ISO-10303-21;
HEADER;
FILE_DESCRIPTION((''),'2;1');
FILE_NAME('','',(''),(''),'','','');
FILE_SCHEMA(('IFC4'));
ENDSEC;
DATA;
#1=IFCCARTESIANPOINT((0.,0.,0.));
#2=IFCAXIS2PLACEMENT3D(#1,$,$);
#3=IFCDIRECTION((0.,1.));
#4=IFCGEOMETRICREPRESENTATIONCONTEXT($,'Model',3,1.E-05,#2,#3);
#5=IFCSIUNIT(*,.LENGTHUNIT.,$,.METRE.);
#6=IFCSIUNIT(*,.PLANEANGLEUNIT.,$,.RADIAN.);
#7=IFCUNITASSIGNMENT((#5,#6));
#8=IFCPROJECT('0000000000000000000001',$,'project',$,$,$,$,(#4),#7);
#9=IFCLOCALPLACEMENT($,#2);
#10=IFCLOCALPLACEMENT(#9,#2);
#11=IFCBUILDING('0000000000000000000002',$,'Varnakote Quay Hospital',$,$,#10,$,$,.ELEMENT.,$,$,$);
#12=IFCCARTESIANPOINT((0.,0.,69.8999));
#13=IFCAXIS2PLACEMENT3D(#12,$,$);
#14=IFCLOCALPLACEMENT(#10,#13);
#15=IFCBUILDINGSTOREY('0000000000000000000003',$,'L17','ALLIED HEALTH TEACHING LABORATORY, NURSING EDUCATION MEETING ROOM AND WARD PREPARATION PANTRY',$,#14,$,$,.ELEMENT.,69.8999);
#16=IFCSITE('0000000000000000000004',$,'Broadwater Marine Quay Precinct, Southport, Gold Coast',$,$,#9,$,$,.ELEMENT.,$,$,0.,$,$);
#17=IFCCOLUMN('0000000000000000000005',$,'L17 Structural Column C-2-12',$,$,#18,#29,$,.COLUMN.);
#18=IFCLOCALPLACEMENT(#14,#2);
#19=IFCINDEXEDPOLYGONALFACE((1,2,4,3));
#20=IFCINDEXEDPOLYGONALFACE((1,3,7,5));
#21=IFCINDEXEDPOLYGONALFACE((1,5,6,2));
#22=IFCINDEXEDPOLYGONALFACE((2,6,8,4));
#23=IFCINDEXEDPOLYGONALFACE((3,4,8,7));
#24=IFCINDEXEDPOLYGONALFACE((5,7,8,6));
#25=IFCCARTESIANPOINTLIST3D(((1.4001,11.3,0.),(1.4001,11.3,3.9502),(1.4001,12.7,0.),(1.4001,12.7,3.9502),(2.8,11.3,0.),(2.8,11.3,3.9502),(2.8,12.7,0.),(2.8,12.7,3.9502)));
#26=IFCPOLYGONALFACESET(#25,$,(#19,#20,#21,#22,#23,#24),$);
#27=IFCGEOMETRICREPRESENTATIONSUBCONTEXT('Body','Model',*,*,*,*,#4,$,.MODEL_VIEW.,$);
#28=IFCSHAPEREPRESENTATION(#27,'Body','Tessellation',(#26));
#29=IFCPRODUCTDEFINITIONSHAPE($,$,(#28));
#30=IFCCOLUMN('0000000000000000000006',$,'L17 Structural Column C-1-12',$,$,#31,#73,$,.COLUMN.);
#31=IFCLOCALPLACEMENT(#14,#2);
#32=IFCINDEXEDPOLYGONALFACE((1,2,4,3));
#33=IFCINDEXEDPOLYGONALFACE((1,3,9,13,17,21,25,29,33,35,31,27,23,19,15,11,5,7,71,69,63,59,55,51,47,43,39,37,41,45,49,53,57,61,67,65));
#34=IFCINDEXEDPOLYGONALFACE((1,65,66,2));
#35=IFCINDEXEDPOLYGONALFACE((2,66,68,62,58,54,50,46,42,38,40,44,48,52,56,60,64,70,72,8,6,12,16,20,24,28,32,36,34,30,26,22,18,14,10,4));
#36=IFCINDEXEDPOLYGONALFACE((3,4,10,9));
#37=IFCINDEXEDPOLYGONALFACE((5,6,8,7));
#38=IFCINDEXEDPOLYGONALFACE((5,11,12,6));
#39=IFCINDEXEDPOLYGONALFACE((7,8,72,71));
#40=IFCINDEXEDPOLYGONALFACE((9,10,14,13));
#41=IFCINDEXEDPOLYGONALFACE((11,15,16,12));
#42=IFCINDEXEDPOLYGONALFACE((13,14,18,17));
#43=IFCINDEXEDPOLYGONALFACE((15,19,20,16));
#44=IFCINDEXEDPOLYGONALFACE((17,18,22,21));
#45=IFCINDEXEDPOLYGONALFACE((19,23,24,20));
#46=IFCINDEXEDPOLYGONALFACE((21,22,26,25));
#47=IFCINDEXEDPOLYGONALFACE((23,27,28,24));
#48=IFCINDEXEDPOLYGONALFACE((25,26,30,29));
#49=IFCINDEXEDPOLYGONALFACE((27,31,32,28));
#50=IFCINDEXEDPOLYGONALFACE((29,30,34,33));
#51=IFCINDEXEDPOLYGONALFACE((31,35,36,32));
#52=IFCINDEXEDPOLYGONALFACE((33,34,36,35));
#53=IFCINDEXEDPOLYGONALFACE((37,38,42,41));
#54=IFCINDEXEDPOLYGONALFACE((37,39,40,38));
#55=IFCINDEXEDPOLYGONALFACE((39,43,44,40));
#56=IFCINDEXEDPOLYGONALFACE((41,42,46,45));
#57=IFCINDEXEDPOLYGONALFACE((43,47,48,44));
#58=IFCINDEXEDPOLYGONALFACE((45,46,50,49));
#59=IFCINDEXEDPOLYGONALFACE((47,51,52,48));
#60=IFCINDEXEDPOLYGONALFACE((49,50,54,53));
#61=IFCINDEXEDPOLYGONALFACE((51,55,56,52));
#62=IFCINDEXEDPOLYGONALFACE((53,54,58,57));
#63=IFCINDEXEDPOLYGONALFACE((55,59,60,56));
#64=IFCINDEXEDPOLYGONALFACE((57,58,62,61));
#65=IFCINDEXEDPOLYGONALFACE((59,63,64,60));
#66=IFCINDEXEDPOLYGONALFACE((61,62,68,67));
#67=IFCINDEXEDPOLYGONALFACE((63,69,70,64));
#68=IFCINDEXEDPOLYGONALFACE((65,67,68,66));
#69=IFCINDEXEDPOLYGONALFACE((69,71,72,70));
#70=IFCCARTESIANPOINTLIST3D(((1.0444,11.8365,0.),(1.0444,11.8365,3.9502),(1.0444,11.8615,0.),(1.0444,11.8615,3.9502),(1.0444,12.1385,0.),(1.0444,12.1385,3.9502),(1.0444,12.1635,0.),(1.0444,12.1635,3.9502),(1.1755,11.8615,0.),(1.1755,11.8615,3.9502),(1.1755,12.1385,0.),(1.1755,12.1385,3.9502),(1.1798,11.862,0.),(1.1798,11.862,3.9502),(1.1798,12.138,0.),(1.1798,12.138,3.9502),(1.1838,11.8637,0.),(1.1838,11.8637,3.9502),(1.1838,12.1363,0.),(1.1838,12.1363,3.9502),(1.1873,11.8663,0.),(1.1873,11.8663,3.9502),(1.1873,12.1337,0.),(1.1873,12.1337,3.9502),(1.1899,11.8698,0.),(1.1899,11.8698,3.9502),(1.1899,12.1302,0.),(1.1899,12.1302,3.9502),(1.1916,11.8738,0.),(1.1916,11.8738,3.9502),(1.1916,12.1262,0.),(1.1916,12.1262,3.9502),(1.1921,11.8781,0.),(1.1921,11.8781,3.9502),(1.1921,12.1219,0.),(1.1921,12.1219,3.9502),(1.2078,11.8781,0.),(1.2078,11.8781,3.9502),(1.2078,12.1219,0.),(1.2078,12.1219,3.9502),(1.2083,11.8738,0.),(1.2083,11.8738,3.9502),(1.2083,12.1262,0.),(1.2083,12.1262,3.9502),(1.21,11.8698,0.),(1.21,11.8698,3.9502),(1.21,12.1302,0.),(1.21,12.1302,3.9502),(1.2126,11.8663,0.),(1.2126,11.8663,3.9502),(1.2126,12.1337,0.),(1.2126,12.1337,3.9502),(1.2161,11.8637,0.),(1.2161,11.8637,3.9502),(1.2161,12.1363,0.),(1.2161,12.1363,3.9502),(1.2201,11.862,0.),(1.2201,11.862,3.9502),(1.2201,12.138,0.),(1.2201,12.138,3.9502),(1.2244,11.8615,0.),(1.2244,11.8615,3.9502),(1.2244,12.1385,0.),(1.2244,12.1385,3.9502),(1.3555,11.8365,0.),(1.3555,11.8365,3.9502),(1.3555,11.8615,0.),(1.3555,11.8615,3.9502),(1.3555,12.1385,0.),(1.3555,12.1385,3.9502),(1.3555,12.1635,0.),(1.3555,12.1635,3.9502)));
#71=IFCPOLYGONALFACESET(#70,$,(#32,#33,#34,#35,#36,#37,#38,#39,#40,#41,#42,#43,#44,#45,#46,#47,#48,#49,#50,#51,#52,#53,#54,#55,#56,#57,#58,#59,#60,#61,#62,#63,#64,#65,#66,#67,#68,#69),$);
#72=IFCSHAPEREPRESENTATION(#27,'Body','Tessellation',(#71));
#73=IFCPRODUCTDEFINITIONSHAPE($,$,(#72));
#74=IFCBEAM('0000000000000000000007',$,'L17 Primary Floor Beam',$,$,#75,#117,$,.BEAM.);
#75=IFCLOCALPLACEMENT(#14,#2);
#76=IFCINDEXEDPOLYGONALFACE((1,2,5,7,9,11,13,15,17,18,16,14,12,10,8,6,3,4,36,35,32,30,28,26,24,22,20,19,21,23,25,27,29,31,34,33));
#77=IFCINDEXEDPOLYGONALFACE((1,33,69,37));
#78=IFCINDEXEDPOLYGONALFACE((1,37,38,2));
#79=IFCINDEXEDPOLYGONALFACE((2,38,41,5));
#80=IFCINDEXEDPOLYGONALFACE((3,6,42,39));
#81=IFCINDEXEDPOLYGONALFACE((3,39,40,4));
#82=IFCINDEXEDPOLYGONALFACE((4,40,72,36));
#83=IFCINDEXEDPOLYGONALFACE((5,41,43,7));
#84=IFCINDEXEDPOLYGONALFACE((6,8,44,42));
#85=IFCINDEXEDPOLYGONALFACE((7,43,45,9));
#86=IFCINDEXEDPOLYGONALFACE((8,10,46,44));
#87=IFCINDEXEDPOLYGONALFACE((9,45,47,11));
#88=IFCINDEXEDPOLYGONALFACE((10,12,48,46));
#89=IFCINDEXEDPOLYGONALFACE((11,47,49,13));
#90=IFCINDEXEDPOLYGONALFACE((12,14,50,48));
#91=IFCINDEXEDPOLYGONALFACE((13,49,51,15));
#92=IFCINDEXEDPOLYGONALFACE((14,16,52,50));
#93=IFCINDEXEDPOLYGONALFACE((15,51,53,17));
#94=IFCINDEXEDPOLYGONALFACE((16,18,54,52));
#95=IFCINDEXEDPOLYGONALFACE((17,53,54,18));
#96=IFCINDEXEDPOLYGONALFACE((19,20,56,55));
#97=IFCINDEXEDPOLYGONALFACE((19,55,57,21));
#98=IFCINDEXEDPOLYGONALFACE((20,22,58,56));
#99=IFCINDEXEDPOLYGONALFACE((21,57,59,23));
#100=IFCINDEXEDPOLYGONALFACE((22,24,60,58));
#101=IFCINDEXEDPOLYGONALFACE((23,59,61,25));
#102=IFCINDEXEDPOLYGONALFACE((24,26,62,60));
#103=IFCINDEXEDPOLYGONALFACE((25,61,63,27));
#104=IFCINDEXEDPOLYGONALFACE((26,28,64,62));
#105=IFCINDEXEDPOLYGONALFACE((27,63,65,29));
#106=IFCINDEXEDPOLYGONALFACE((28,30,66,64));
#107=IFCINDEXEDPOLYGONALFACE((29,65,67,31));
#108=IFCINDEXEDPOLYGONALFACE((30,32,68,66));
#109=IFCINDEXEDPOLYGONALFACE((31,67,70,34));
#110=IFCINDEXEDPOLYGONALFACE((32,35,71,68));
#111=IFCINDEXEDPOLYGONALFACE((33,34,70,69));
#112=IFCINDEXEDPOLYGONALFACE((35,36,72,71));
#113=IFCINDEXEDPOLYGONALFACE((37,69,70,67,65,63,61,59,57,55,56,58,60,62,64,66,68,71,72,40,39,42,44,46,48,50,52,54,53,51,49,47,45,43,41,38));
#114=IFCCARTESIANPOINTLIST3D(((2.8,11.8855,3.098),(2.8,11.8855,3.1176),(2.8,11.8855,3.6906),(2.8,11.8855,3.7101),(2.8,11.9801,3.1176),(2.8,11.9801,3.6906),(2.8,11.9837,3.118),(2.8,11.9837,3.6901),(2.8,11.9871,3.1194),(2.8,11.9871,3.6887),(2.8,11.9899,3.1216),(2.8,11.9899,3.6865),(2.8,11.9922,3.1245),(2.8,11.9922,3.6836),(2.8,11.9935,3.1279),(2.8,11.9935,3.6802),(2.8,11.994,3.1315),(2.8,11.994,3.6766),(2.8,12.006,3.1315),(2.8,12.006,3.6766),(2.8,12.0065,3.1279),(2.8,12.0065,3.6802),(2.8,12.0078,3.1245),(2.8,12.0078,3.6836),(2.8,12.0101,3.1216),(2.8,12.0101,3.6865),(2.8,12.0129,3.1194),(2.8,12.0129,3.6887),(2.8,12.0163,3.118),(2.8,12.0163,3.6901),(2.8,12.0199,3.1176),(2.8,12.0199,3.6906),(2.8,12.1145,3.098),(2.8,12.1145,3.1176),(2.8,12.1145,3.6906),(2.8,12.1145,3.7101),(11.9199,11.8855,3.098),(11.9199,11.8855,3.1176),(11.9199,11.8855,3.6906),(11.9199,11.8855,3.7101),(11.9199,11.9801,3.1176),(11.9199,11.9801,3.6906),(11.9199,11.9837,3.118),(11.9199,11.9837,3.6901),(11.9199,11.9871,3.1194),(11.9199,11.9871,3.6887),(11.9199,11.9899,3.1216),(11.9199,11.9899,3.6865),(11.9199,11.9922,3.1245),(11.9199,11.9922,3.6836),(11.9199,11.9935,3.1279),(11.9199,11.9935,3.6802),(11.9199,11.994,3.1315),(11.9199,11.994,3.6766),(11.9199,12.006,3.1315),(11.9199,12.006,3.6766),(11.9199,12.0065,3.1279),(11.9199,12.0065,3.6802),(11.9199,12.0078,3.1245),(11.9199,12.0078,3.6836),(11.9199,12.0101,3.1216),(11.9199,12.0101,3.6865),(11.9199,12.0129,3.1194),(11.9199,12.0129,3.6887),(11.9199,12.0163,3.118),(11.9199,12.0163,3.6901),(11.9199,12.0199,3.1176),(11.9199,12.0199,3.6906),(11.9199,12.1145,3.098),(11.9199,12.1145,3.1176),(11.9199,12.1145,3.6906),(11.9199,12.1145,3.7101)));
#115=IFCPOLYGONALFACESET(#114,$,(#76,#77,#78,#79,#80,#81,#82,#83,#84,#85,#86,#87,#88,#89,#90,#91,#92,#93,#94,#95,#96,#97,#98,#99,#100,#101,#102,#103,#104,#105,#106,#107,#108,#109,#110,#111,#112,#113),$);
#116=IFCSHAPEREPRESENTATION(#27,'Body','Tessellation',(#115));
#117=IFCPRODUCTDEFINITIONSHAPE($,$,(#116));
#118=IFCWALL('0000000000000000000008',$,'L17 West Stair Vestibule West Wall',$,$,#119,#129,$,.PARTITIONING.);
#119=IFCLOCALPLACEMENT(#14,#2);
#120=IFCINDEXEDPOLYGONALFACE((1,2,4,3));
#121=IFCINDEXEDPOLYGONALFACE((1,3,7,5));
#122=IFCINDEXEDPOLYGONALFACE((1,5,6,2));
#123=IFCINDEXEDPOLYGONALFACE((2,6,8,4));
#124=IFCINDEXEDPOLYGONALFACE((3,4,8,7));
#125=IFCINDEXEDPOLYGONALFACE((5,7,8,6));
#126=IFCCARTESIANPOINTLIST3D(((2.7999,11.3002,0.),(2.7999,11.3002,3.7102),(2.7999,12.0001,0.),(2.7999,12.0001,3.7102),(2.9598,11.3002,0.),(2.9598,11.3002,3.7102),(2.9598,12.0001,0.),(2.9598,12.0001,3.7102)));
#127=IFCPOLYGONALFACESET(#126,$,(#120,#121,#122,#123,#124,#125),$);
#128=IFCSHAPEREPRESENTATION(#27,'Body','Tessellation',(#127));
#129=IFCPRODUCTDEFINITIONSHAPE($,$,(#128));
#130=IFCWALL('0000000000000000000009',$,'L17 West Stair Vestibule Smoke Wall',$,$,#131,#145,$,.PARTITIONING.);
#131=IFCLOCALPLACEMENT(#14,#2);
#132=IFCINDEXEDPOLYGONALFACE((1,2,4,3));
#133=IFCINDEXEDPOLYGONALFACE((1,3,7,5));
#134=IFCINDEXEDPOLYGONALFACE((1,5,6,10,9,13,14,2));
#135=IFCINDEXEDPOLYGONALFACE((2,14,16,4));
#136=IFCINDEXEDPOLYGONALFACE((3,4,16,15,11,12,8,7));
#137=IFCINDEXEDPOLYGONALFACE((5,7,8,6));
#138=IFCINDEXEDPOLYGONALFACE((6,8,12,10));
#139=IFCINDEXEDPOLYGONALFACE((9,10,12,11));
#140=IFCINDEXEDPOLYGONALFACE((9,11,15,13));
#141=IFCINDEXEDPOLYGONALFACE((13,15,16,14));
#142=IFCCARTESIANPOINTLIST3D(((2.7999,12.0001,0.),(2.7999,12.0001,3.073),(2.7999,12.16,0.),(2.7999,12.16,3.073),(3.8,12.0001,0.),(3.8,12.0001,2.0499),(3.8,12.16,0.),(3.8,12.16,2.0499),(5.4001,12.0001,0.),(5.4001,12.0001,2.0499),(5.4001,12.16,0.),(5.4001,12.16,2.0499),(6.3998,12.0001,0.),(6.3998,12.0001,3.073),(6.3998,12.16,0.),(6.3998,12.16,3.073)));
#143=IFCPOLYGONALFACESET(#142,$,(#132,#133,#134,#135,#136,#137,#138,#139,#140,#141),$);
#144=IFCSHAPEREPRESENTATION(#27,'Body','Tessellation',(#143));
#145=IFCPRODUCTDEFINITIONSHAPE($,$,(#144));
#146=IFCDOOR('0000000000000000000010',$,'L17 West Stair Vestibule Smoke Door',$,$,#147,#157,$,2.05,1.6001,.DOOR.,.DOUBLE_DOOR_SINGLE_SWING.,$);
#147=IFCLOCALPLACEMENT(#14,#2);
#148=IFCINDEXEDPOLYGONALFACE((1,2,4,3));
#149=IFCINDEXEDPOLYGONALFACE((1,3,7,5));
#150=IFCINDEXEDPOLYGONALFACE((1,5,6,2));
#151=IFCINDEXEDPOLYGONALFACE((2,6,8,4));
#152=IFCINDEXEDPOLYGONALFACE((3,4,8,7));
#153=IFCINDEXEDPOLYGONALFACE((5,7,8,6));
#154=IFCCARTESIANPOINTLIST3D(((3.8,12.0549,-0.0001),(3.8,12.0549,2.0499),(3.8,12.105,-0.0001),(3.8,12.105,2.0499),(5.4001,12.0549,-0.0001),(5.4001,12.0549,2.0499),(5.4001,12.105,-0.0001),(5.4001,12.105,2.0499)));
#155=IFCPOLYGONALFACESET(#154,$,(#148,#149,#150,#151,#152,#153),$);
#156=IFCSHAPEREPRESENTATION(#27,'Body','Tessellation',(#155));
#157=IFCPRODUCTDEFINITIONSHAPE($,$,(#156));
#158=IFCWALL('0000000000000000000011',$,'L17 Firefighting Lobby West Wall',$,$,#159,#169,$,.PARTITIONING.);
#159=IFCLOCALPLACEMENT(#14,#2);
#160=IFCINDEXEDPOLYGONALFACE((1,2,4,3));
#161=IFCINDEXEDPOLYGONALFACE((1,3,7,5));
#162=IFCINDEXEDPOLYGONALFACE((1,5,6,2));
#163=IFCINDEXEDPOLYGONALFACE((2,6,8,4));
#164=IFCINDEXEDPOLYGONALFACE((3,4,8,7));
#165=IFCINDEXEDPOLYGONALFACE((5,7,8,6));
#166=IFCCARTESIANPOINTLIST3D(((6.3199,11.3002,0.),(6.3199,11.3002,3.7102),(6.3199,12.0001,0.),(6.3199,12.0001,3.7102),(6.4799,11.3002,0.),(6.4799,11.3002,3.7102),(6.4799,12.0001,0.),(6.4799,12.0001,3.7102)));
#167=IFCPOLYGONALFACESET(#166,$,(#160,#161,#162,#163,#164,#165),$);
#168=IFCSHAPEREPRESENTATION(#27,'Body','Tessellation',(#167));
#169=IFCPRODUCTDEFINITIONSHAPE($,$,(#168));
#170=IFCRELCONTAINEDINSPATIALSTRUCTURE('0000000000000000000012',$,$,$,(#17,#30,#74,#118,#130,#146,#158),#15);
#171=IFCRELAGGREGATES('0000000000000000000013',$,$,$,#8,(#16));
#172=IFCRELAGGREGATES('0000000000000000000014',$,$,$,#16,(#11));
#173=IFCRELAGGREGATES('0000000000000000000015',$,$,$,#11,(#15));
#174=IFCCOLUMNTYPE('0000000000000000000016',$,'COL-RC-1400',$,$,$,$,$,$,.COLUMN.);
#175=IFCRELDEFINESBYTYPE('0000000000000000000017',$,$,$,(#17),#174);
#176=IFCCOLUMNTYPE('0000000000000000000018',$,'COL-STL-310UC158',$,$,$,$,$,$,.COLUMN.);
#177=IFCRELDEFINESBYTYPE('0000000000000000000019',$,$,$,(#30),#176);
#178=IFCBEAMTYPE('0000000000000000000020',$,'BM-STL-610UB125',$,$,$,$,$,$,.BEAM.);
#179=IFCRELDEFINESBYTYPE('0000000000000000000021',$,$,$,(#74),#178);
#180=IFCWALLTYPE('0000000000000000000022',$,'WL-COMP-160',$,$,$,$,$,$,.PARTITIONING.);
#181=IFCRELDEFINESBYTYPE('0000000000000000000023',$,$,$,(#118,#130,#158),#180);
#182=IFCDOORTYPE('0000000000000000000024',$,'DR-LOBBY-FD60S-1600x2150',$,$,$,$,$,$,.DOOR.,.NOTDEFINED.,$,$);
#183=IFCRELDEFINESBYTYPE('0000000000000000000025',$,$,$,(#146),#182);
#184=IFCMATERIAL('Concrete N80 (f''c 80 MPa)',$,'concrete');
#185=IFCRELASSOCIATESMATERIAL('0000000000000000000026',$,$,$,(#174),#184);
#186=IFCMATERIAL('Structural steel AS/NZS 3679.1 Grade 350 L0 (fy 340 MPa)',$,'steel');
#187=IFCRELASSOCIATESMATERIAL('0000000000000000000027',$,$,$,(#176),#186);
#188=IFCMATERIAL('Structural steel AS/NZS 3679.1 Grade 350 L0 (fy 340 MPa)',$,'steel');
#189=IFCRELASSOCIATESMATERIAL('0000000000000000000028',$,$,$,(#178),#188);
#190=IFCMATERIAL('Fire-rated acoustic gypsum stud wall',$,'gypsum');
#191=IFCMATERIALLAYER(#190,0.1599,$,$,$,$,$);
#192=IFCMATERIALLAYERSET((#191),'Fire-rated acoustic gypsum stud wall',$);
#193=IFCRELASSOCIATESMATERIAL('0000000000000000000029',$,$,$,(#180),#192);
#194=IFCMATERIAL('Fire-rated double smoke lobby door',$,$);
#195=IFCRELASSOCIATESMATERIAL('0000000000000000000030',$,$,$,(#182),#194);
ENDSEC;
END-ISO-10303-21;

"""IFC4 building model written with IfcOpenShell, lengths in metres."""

from ifc_helpers import new_model, si_unit, direction, frame, frame_2d, origin, origin_2d, place, context, subcontext, project, spatial, rectangle, i_section, extrude, material, layer, layer_set, material_profile, profile_set, type_object, element, fill, save


model = new_model("IFC4")

# Units and contexts
model_context = context("Model", 3, precision=1e-05, world=origin(), true_north=direction((0.0, 1.0)))
body_context = subcontext(model_context, "Body", "Model", "MODEL_VIEW")
ifc_project = project(units=[si_unit("LENGTHUNIT", "METRE"), si_unit("PLANEANGLEUNIT", "RADIAN")], contexts=[model_context])

# Site, building, storey
site_placement = place(None, origin())
site = spatial("IfcSite", under=ifc_project, at=site_placement, Name="Broadwater Marine Quay Precinct, Southport, Gold Coast", CompositionType="ELEMENT", RefElevation=0.0)
building_placement = place(site_placement, origin())
building = spatial("IfcBuilding", under=site, at=building_placement, Name="Varnakote Quay Hospital", CompositionType="ELEMENT")
storey_placement = place(building_placement, frame((0.0, 0.0, 69.8999)))
storey = spatial("IfcBuildingStorey", under=building, at=storey_placement, Name="L17", Description="ALLIED HEALTH TEACHING LABORATORY, NURSING EDUCATION MEETING ROOM AND WARD PREPARATION PANTRY", CompositionType="ELEMENT", Elevation=69.8999)

# Columns
ifc_material_1 = material(Name="Concrete N80 (f'c 80 MPa)", Category="concrete")
ifc_material_profile_1 = material_profile(ifc_material_1, rectangle(XDim=1.3999, YDim=1.3999, at=origin_2d()), Name="RC-COL-1400x1400")
ifc_profile_set_1 = profile_set([ifc_material_profile_1], Name="Concrete N80 (f'c 80 MPa)")
column_type_1 = type_object("IfcColumnType", Name="COL-RC-1400", PredefinedType="COLUMN", material=ifc_profile_set_1)
column_1_placement = place(storey_placement, frame((2.1001, 12.0, 0.0), z_axis=(0.0, 0.0, 1.0), x_axis=(1.0, 0.0, 0.0)))
element("IfcColumn", 1, at=column_1_placement, inside=storey, type_object=column_type_1, Name="L17 Structural Column C-2-12", PredefinedType="COLUMN", context=body_context, shape_type="SweptSolid", body=[
    extrude(rectangle(XDim=1.3999, YDim=1.3999, at=origin_2d()), origin(), (0.0, 0.0, 1.0), 3.9502),
])
ifc_material_2 = material(Name="Structural steel AS/NZS 3679.1 Grade 350 L0 (fy 340 MPa)", Category="steel")
ifc_material_profile_2 = material_profile(ifc_material_2, i_section(OverallWidth=0.311, OverallDepth=0.3269, WebThickness=0.0156, FlangeThickness=0.0249, FilletRadius=0.0166, at=origin_2d()), Name="310UC158")
ifc_profile_set_2 = profile_set([ifc_material_profile_2], Name="Structural steel AS/NZS 3679.1 Grade 350 L0 (fy 340 MPa)")
column_type_2 = type_object("IfcColumnType", Name="COL-STL-310UC158", PredefinedType="COLUMN", material=ifc_profile_set_2)
column_2_placement = place(storey_placement, frame((1.2, 12.0, 0.0), z_axis=(0.0, 0.0, 1.0), x_axis=(1.0, 0.0, 0.0)))
element("IfcColumn", 2, at=column_2_placement, inside=storey, type_object=column_type_2, Name="L17 Structural Column C-1-12", PredefinedType="COLUMN", context=body_context, shape_type="SweptSolid", body=[
    extrude(i_section(OverallWidth=0.311, OverallDepth=0.3269, WebThickness=0.0156, FlangeThickness=0.0249, FilletRadius=0.0166, at=origin_2d()), origin(), (0.0, 0.0, 1.0), 3.9502),
])

# Beam
ifc_material_3 = material(Name="Structural steel AS/NZS 3679.1 Grade 350 L0 (fy 340 MPa)", Category="steel")
ifc_material_profile_3 = material_profile(ifc_material_3, i_section(OverallWidth=0.229, OverallDepth=0.6121, WebThickness=0.012, FlangeThickness=0.0195, FilletRadius=0.0139, at=origin_2d()), Name="610UB125")
ifc_profile_set_3 = profile_set([ifc_material_profile_3], Name="Structural steel AS/NZS 3679.1 Grade 350 L0 (fy 340 MPa)")
beam_type = type_object("IfcBeamType", Name="BM-STL-610UB125", PredefinedType="BEAM", material=ifc_profile_set_3)
beam_placement = place(storey_placement, frame((2.8, 12.0, 3.4041), z_axis=(1.0, 0.0, 0.0), x_axis=(0.0, 1.0, 0.0)))
element("IfcBeam", 3, at=beam_placement, inside=storey, type_object=beam_type, Name="L17 Primary Floor Beam", PredefinedType="BEAM", context=body_context, shape_type="SweptSolid", body=[
    extrude(i_section(OverallWidth=0.229, OverallDepth=0.6121, WebThickness=0.012, FlangeThickness=0.0195, FilletRadius=0.0139, at=origin_2d()), origin(), (0.0, 0.0, 1.0), 9.1199),
])

# Wall
ifc_material_4 = material(Name="Fire-rated acoustic gypsum stud wall", Category="gypsum")
ifc_layer_1 = layer(ifc_material_4, 0.1599)
ifc_layer_set_1 = layer_set([ifc_layer_1], Name="Fire-rated acoustic gypsum stud wall")
wall_type_1 = type_object("IfcWallType", Name="WL-COMP-160", PredefinedType="PARTITIONING", material=ifc_layer_set_1)
wall_1_placement = place(storey_placement, frame((2.8799, 11.3, 0.0), z_axis=(0.0, 0.0, 1.0), x_axis=(0.0, 1.0, 0.0)))
element("IfcWall", 4, at=wall_1_placement, inside=storey, type_object=wall_type_1, Name="L17 West Stair Vestibule West Wall", PredefinedType="PARTITIONING", context=body_context, shape_type="SweptSolid", body=[
    extrude(rectangle(XDim=0.7, YDim=0.1599, at=frame_2d((0.3501, 0.0))), origin(), (0.0, 0.0, 1.0), 3.7102),
])

# Wall, opening, door
wall_2_placement = place(storey_placement, frame((2.8, 12.0801, 0.0), z_axis=(0.0, 0.0, 1.0), x_axis=(1.0, 0.0, 0.0)))
wall_2 = element("IfcWall", 5, at=wall_2_placement, inside=storey, type_object=wall_type_1, Name="L17 West Stair Vestibule Smoke Wall", PredefinedType="PARTITIONING", context=body_context, shape_type="SweptSolid", body=[
    extrude(rectangle(XDim=3.5999, YDim=0.1599, at=frame_2d((1.7998, 0.0))), origin(), (0.0, 0.0, 1.0), 3.073),
])
opening_1_placement = place(wall_2_placement, frame((1.0, 0.0, 0.0)))
opening_1 = element("IfcOpeningElement", 6, at=opening_1_placement, cuts=wall_2, PredefinedType="OPENING", context=body_context, shape_type="SweptSolid", body=[
    extrude(rectangle(XDim=1.6001, YDim=2.05, at=frame_2d((0.8, 1.0249))), frame((0.0, 0.0898, 0.0), z_axis=(0.0, -1.0, 0.0), x_axis=(1.0, 0.0, 0.0)), (0.0, 0.0, 1.0), 0.1799),
])
ifc_material_5 = material(Name="Fire-rated double smoke lobby door")
door_type_1 = type_object("IfcDoorType", Name="DR-LOBBY-FD60S-1600x2150", OperationType="NOTDEFINED", PredefinedType="DOOR", material=ifc_material_5)
door_1_placement = place(opening_1_placement, origin())
door_1 = element("IfcDoor", 7, at=door_1_placement, inside=storey, type_object=door_type_1, Name="L17 West Stair Vestibule Smoke Door", OperationType="DOUBLE_DOOR_SINGLE_SWING", OverallHeight=2.05, OverallWidth=1.6001, PredefinedType="DOOR", context=body_context, shape_type="SweptSolid", body=[
    extrude(rectangle(XDim=1.6001, YDim=2.05, at=frame_2d((0.8, 1.0249))), frame((0.0, 0.0249, 0.0), z_axis=(0.0, -1.0, 0.0), x_axis=(1.0, 0.0, 0.0)), (0.0, 0.0, 1.0), 0.05),
])
fill(opening_1, door_1)

# Wall
wall_3_placement = place(storey_placement, frame((6.3999, 11.3, 0.0), z_axis=(0.0, 0.0, 1.0), x_axis=(0.0, 1.0, 0.0)))
element("IfcWall", 8, at=wall_3_placement, inside=storey, type_object=wall_type_1, Name="L17 Firefighting Lobby West Wall", PredefinedType="PARTITIONING", context=body_context, shape_type="SweptSolid", body=[
    extrude(rectangle(XDim=0.7, YDim=0.1599, at=frame_2d((0.3501, 0.0))), origin(), (0.0, 0.0, 1.0), 3.7102),
])

save(model, "model.ifc")
